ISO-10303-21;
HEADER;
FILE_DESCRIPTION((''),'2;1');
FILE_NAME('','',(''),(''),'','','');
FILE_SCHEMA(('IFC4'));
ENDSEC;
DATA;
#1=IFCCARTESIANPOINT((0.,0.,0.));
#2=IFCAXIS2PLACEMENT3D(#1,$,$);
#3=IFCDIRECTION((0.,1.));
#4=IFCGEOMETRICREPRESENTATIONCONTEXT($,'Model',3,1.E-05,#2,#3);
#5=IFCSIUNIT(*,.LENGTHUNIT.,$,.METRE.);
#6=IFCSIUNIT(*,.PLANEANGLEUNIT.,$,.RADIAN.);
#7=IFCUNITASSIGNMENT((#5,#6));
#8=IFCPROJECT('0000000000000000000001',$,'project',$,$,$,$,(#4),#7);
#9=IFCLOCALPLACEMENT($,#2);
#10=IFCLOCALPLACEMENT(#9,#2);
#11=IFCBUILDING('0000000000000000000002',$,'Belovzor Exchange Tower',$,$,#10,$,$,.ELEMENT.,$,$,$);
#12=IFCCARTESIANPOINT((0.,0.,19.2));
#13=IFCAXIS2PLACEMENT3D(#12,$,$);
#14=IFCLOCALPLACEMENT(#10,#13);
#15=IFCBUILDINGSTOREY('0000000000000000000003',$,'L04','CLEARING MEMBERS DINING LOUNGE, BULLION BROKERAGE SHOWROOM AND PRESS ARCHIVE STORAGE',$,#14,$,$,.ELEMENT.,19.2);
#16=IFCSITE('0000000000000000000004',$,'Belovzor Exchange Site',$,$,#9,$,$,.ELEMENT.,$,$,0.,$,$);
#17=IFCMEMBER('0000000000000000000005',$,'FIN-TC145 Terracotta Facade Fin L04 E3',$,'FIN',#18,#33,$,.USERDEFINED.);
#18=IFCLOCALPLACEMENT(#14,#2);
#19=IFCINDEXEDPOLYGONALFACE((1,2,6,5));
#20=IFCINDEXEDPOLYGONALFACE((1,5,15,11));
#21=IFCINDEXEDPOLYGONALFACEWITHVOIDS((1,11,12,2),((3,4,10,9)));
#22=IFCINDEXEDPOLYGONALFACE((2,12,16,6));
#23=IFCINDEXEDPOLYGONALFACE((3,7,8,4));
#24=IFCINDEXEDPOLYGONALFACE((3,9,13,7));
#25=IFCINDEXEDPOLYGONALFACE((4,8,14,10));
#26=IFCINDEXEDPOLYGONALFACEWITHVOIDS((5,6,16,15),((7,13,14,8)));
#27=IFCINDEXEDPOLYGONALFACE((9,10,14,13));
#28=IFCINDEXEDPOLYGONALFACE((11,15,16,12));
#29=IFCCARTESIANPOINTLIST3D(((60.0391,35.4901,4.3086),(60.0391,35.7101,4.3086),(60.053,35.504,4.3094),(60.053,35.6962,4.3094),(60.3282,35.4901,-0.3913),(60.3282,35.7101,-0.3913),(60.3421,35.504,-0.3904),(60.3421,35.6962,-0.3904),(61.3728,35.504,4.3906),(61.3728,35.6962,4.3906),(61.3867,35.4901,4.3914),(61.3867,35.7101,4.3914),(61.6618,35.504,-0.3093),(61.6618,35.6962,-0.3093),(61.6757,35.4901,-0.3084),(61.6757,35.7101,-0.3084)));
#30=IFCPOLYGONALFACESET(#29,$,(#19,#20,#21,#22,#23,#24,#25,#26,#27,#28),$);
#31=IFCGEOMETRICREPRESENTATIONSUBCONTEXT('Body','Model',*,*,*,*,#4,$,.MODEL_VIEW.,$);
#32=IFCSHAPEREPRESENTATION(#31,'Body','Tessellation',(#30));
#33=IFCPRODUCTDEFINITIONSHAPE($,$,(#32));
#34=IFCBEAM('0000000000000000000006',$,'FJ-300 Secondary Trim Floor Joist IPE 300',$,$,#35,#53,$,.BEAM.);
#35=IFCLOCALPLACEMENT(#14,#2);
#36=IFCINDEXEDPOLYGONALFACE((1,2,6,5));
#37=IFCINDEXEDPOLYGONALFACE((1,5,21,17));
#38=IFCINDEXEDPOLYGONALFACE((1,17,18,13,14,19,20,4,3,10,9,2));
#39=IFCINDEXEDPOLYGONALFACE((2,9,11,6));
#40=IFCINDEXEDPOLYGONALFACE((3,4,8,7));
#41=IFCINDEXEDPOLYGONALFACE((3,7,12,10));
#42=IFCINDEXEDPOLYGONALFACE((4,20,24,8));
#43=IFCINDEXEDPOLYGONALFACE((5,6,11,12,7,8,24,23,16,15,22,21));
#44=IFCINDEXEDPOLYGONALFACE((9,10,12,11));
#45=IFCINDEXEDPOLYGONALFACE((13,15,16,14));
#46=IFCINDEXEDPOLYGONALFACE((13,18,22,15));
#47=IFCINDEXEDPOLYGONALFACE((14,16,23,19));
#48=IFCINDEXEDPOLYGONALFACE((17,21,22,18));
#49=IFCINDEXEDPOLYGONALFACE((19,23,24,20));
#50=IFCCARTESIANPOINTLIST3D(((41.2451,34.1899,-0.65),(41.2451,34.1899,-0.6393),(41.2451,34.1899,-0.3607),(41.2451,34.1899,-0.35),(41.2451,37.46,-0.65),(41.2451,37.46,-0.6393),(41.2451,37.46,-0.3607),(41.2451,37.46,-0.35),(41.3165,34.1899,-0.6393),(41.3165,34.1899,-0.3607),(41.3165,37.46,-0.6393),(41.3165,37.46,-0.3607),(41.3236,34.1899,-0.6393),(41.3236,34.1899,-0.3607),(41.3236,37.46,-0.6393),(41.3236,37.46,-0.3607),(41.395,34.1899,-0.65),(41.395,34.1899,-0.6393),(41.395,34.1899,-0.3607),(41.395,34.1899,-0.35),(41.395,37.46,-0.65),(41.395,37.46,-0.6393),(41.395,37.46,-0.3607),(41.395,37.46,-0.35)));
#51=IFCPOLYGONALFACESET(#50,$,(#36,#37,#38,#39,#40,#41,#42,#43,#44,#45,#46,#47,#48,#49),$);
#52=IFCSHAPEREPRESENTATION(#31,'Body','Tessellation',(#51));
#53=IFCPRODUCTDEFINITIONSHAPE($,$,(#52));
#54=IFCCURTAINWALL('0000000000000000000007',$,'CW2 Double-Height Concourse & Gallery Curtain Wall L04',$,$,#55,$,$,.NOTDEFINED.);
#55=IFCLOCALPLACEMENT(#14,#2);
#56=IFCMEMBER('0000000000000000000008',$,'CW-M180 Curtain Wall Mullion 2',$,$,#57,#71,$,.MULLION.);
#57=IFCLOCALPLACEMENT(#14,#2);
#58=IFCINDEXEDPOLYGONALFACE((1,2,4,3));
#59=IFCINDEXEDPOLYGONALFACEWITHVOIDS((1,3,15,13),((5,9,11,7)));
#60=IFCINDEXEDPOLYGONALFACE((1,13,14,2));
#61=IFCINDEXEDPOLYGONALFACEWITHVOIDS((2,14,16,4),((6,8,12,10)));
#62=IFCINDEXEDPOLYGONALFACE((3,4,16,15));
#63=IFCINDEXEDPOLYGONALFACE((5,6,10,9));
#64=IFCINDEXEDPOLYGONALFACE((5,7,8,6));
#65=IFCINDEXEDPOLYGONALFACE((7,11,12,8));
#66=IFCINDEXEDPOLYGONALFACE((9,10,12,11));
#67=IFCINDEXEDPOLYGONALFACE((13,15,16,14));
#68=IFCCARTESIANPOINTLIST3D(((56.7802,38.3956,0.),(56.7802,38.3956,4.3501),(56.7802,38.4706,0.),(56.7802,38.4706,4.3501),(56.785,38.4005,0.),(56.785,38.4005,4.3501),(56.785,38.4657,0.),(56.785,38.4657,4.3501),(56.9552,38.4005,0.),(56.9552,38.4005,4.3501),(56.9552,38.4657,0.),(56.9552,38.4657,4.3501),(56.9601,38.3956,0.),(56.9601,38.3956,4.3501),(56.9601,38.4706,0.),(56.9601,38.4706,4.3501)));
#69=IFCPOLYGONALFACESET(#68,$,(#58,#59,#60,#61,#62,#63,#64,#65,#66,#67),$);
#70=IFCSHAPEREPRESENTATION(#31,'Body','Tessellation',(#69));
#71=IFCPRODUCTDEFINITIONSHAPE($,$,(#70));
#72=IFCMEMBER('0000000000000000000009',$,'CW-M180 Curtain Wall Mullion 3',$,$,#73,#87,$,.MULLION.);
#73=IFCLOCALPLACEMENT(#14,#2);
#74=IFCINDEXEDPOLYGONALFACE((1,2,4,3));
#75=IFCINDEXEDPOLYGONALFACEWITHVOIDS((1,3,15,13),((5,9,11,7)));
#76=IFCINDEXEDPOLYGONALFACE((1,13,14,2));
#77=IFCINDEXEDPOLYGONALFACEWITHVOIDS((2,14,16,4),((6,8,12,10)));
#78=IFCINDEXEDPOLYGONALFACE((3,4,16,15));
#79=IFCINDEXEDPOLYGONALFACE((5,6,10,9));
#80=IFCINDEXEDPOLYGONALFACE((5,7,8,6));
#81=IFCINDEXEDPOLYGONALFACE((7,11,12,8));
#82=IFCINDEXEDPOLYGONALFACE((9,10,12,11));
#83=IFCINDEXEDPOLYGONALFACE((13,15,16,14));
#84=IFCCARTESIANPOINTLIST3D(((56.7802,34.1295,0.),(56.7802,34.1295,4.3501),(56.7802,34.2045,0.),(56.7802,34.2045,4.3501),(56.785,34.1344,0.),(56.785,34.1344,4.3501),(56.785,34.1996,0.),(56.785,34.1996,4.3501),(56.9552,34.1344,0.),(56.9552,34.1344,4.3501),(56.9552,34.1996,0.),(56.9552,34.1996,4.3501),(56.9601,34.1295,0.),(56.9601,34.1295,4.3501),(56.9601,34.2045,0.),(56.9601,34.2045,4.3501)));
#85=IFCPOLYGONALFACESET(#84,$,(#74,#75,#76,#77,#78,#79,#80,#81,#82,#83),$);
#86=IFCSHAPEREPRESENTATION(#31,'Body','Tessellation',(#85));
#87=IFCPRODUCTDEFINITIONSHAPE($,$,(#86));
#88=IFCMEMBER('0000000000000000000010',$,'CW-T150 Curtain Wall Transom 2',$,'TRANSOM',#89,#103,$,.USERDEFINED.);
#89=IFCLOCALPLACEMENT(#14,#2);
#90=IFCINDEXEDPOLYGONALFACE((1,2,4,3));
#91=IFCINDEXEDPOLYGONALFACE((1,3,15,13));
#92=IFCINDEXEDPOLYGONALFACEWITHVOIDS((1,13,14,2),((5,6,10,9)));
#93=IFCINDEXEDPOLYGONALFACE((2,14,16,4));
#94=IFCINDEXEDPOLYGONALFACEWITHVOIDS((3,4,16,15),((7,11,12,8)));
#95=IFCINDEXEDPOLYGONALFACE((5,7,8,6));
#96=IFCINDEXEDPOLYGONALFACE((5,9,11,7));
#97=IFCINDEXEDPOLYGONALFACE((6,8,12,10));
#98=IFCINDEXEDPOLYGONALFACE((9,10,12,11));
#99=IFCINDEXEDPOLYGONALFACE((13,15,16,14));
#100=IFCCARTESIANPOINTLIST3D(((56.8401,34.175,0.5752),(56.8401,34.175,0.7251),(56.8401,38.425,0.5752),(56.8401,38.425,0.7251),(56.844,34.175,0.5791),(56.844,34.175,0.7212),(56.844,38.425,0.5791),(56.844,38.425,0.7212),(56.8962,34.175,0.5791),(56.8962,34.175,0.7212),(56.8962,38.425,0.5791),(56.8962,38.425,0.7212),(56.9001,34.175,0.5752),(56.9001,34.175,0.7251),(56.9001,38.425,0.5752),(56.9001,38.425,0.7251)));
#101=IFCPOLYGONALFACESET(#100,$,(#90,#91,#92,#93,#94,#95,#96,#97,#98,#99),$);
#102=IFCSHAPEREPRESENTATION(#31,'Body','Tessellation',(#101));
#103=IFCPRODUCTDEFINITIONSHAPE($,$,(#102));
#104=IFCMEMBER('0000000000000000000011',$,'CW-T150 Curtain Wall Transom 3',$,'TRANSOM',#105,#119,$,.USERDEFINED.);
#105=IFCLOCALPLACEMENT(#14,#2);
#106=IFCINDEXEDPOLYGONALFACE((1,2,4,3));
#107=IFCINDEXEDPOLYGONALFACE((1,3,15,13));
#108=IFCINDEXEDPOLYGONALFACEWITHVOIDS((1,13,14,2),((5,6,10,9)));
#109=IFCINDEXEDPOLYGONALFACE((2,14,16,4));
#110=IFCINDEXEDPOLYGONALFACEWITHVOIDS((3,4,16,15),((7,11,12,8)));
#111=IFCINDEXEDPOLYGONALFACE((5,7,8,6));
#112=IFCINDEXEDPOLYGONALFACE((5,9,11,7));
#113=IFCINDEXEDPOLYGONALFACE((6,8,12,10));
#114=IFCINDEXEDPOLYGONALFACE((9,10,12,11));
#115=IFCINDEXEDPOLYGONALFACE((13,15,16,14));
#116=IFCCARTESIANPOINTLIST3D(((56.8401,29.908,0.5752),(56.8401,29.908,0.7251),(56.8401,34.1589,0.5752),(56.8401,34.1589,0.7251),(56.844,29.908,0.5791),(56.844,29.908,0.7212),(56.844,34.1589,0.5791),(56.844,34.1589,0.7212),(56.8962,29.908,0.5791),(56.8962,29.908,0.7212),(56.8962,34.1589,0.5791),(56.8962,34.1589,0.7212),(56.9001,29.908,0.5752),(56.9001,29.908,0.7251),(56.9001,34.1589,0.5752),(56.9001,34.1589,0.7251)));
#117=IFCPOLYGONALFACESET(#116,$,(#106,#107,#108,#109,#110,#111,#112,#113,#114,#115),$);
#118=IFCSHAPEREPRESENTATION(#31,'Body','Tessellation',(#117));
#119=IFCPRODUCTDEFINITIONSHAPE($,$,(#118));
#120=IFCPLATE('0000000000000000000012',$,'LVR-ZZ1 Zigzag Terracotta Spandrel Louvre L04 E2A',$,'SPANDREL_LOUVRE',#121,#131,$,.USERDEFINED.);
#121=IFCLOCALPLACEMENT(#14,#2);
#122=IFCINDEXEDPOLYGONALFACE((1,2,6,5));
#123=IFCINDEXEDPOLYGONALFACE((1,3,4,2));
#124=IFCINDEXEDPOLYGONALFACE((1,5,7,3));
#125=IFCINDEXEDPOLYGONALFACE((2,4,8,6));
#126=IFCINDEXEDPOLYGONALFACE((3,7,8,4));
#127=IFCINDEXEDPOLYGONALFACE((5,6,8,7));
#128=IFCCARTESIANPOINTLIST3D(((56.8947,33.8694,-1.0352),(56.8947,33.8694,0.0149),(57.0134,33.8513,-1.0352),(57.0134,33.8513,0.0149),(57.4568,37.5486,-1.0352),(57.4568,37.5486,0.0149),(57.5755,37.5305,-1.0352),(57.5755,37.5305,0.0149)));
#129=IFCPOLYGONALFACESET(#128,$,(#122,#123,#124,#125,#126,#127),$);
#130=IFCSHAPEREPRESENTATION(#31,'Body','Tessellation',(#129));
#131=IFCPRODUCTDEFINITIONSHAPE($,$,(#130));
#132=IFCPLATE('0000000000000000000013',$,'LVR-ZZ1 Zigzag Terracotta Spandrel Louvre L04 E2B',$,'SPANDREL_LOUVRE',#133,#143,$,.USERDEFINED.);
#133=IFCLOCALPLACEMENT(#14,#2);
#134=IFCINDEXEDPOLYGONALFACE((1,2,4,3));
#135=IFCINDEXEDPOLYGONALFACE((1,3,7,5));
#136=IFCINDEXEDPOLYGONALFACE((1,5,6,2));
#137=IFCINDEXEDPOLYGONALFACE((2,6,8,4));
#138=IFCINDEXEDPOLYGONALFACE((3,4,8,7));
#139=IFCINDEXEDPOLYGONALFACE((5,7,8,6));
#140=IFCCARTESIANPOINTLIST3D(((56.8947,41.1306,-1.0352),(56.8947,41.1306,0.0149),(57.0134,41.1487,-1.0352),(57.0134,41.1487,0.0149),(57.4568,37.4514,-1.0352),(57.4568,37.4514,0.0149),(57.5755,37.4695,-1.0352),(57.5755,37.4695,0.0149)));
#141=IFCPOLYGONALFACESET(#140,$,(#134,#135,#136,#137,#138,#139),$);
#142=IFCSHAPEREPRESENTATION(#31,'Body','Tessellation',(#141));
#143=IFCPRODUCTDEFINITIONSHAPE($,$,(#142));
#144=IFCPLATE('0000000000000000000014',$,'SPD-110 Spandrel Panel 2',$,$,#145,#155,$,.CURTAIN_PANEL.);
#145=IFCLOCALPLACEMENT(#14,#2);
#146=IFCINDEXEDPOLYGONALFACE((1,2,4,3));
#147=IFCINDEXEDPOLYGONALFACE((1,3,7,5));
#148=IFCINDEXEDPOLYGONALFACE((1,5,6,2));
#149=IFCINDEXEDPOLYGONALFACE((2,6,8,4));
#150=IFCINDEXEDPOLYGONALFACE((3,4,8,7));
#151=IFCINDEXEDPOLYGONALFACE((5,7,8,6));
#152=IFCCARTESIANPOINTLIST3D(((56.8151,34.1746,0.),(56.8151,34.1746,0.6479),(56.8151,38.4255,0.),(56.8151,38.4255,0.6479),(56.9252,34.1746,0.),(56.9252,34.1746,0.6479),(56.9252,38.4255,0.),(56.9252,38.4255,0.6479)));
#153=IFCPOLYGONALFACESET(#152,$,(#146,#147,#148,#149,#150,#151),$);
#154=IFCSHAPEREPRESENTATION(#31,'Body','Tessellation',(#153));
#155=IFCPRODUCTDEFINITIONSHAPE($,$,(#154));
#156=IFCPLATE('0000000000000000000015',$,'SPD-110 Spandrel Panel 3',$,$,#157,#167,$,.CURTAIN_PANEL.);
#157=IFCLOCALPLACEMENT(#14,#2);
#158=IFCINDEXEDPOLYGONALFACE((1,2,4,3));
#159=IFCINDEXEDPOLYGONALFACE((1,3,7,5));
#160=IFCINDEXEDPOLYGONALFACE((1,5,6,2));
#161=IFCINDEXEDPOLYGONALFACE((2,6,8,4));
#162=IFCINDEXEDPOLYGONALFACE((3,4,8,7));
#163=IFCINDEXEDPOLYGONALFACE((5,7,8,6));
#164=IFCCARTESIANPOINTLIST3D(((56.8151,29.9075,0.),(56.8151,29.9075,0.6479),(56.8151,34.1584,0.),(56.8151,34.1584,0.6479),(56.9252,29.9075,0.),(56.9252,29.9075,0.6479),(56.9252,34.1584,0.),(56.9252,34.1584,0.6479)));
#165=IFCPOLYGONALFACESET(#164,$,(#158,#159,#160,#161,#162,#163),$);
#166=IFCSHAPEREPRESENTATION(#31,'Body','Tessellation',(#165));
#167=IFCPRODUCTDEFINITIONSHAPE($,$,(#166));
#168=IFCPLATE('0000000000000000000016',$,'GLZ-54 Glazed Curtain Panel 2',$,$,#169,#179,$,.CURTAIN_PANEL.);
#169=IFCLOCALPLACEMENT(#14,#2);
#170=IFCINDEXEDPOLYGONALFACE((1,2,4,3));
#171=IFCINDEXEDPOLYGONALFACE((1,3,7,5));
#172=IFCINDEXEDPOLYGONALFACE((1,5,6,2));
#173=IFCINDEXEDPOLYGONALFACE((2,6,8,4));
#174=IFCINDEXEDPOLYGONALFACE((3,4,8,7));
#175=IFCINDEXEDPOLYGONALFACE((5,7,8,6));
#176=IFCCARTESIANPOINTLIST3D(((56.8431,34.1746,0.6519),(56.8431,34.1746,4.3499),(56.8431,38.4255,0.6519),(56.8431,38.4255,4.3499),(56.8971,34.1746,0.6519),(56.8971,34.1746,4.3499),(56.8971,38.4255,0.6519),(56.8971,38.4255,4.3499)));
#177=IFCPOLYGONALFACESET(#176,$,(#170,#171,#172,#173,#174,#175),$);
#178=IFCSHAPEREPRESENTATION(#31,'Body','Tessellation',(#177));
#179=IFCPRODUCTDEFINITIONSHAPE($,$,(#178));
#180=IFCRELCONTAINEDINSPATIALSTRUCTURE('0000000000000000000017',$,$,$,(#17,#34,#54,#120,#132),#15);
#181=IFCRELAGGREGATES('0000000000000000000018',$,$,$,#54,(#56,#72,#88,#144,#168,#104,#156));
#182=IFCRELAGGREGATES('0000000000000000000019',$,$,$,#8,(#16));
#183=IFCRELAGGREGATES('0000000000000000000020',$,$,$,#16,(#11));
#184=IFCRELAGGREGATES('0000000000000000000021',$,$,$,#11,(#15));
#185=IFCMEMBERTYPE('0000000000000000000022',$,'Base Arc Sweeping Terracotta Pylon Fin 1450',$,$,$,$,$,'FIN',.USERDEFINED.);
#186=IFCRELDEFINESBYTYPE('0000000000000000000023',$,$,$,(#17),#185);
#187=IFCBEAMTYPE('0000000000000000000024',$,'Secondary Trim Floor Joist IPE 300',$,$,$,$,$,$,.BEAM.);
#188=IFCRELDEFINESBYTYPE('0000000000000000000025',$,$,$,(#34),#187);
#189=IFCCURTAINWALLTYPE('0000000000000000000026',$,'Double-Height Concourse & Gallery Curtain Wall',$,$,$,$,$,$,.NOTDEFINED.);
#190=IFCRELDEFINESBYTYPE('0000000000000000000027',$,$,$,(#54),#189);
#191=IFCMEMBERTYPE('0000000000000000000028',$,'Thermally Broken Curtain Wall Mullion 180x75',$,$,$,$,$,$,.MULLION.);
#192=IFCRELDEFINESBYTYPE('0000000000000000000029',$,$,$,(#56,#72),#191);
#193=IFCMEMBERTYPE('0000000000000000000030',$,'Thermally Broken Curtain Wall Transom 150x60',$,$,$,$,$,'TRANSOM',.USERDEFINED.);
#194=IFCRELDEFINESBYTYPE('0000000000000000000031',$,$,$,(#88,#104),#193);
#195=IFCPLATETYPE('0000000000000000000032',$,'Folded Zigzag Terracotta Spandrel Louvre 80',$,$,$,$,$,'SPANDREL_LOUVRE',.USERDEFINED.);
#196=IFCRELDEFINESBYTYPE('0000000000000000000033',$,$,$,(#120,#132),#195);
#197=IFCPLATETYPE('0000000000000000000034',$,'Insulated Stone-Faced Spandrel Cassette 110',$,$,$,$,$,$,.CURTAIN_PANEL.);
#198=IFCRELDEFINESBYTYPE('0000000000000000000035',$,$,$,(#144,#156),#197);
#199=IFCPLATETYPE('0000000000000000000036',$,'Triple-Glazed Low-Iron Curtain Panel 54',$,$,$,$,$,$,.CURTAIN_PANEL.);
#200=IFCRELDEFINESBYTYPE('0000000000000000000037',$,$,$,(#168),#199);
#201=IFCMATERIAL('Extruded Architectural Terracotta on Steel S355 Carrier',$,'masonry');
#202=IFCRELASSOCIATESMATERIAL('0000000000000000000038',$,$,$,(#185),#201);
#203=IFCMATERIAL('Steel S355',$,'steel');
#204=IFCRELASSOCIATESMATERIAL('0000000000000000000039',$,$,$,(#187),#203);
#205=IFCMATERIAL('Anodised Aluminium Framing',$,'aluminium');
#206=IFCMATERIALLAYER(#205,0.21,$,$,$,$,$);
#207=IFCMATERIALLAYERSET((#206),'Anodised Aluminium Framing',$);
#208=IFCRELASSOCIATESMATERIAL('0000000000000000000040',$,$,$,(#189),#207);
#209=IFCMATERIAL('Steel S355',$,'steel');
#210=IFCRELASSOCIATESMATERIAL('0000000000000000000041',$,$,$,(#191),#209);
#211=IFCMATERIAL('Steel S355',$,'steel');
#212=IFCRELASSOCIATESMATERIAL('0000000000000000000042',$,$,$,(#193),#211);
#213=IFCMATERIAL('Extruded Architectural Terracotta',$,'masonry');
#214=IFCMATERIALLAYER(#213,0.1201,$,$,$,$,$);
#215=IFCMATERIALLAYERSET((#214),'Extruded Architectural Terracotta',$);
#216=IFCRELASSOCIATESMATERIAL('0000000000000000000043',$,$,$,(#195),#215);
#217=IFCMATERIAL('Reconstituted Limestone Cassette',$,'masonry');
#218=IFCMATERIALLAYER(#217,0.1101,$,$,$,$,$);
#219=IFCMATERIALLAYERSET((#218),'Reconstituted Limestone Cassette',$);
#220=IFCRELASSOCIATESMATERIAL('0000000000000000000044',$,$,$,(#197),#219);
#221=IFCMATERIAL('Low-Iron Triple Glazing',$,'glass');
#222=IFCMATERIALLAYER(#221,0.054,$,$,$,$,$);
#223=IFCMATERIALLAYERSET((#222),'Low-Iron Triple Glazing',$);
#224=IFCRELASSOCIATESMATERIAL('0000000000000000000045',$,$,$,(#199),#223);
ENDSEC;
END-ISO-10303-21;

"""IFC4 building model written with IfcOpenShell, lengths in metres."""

from ifc_helpers import new_model, si_unit, direction, frame, origin, origin_2d, place, context, subcontext, project, spatial, rectangle, hollow_rectangle, i_section, extrude, material, layer, layer_set, material_profile, profile_set, type_object, element, aggregate, save


model = new_model("IFC4")

# Units and contexts
model_context = context("Model", 3, precision=1e-05, world=origin(), true_north=direction((0.0, 1.0)))
body_context = subcontext(model_context, "Body", "Model", "MODEL_VIEW")
ifc_project = project(units=[si_unit("LENGTHUNIT", "METRE"), si_unit("PLANEANGLEUNIT", "RADIAN")], contexts=[model_context])

# Site, building, storey
site_placement = place(None, origin())
site = spatial("IfcSite", under=ifc_project, at=site_placement, Name="Belovzor Exchange Site", CompositionType="ELEMENT", RefElevation=0.0)
building_placement = place(site_placement, origin())
building = spatial("IfcBuilding", under=site, at=building_placement, Name="Belovzor Exchange Tower", CompositionType="ELEMENT")
storey_placement = place(building_placement, frame((0.0, 0.0, 19.2)))
storey = spatial("IfcBuildingStorey", under=building, at=storey_placement, Name="L04", Description="CLEARING MEMBERS DINING LOUNGE, BULLION BROKERAGE SHOWROOM AND PRESS ARCHIVE STORAGE", CompositionType="ELEMENT", Elevation=19.2)

# Member
ifc_material_1 = material(Name="Extruded Architectural Terracotta on Steel S355 Carrier", Category="masonry")
ifc_material_profile_1 = material_profile(ifc_material_1, hollow_rectangle(XDim=0.22, YDim=1.3501, WallThickness=0.0139, at=origin_2d()))
ifc_profile_set_1 = profile_set([ifc_material_profile_1], Name="Extruded Architectural Terracotta on Steel S355 Carrier")
member_type_1 = type_object("IfcMemberType", Name="Base Arc Sweeping Terracotta Pylon Fin 1450", ElementType="FIN", PredefinedType="USERDEFINED", material=ifc_profile_set_1)
member_1_placement = place(storey_placement, frame((61.002, 35.6001, -0.3499), z_axis=(-0.061387, 0.0, 0.998114), x_axis=(0.0, -1.0, 0.0)))
element("IfcMember", 1, at=member_1_placement, inside=storey, type_object=member_type_1, Name="FIN-TC145 Terracotta Facade Fin L04 E3", ObjectType="FIN", PredefinedType="USERDEFINED", context=body_context, shape_type="SweptSolid", body=[
    extrude(hollow_rectangle(XDim=0.22, YDim=1.3501, WallThickness=0.0139, at=origin_2d()), origin(), (0.0, 0.0, 1.0), 4.7087),
])

# Beam
ifc_material_2 = material(Name="Steel S355", Category="steel")
ifc_material_profile_2 = material_profile(ifc_material_2, i_section(OverallWidth=0.1499, OverallDepth=0.3, WebThickness=0.0071, FlangeThickness=0.0107, at=origin_2d()))
ifc_profile_set_2 = profile_set([ifc_material_profile_2], Name="Steel S355")
beam_type = type_object("IfcBeamType", Name="Secondary Trim Floor Joist IPE 300", PredefinedType="BEAM", material=ifc_profile_set_2)
beam_placement = place(storey_placement, frame((41.3201, 34.1899, -0.5), z_axis=(0.0, 1.0, 0.0), x_axis=(-1.0, 0.0, 0.0)))
element("IfcBeam", 2, at=beam_placement, inside=storey, type_object=beam_type, Name="FJ-300 Secondary Trim Floor Joist IPE 300", PredefinedType="BEAM", context=body_context, shape_type="SweptSolid", body=[
    extrude(i_section(OverallWidth=0.1499, OverallDepth=0.3, WebThickness=0.0071, FlangeThickness=0.0107, at=origin_2d()), origin(), (0.0, 0.0, 1.0), 3.27),
])

# Curtain wall, members
ifc_material_3 = material(Name="Anodised Aluminium Framing", Category="aluminium")
ifc_layer_1 = layer(ifc_material_3, 0.21)
ifc_layer_set_1 = layer_set([ifc_layer_1], Name="Anodised Aluminium Framing")
curtain_wall_type = type_object("IfcCurtainWallType", Name="Double-Height Concourse & Gallery Curtain Wall", PredefinedType="NOTDEFINED", material=ifc_layer_set_1)
curtain_wall_placement = place(storey_placement, origin())
curtain_wall = element("IfcCurtainWall", 3, at=curtain_wall_placement, inside=storey, type_object=curtain_wall_type, Name="CW2 Double-Height Concourse & Gallery Curtain Wall L04", PredefinedType="NOTDEFINED")
ifc_material_4 = material(Name="Steel S355", Category="steel")
ifc_material_profile_3 = material_profile(ifc_material_4, hollow_rectangle(XDim=0.075, YDim=0.1799, WallThickness=0.0049, at=origin_2d()))
ifc_profile_set_3 = profile_set([ifc_material_profile_3], Name="Steel S355")
member_type_2 = type_object("IfcMemberType", Name="Thermally Broken Curtain Wall Mullion 180x75", PredefinedType="MULLION", material=ifc_profile_set_3)
member_2_placement = place(storey_placement, frame((56.8701, 38.4331, 0.0), z_axis=(0.0, 0.0, 1.0), x_axis=(0.0, -1.0, 0.0)))
member_2 = element("IfcMember", 4, at=member_2_placement, type_object=member_type_2, Name="CW-M180 Curtain Wall Mullion 2", PredefinedType="MULLION", context=body_context, shape_type="SweptSolid", body=[
    extrude(hollow_rectangle(XDim=0.075, YDim=0.1799, WallThickness=0.0049, at=origin_2d()), origin(), (0.0, 0.0, 1.0), 4.3501),
])
member_3_placement = place(storey_placement, frame((56.8701, 34.167, 0.0), z_axis=(0.0, 0.0, 1.0), x_axis=(0.0, -1.0, 0.0)))
member_3 = element("IfcMember", 5, at=member_3_placement, type_object=member_type_2, Name="CW-M180 Curtain Wall Mullion 3", PredefinedType="MULLION", context=body_context, shape_type="SweptSolid", body=[
    extrude(hollow_rectangle(XDim=0.075, YDim=0.1799, WallThickness=0.0049, at=origin_2d()), origin(), (0.0, 0.0, 1.0), 4.3501),
])
ifc_material_5 = material(Name="Steel S355", Category="steel")
ifc_material_profile_4 = material_profile(ifc_material_5, hollow_rectangle(XDim=0.0601, YDim=0.1499, WallThickness=0.0039, at=origin_2d()))
ifc_profile_set_4 = profile_set([ifc_material_profile_4], Name="Steel S355")
member_type_3 = type_object("IfcMemberType", Name="Thermally Broken Curtain Wall Transom 150x60", ElementType="TRANSOM", PredefinedType="USERDEFINED", material=ifc_profile_set_4)
member_4_placement = place(storey_placement, frame((56.8701, 38.425, 0.6501), z_axis=(0.0, -1.0, 0.0), x_axis=(1.0, 0.0, 0.0)))
member_4 = element("IfcMember", 6, at=member_4_placement, type_object=member_type_3, Name="CW-T150 Curtain Wall Transom 2", ObjectType="TRANSOM", PredefinedType="USERDEFINED", context=body_context, shape_type="SweptSolid", body=[
    extrude(hollow_rectangle(XDim=0.0601, YDim=0.1499, WallThickness=0.0039, at=origin_2d()), origin(), (0.0, 0.0, 1.0), 4.25),
])
member_5_placement = place(storey_placement, frame((56.8701, 34.1589, 0.6501), z_axis=(0.0, -1.0, 0.0), x_axis=(1.0, 0.0, 0.0)))
member_5 = element("IfcMember", 7, at=member_5_placement, type_object=member_type_3, Name="CW-T150 Curtain Wall Transom 3", ObjectType="TRANSOM", PredefinedType="USERDEFINED", context=body_context, shape_type="SweptSolid", body=[
    extrude(hollow_rectangle(XDim=0.0601, YDim=0.1499, WallThickness=0.0039, at=origin_2d()), origin(), (0.0, 0.0, 1.0), 4.251),
])

# Plates
ifc_material_6 = material(Name="Extruded Architectural Terracotta", Category="masonry")
ifc_layer_2 = layer(ifc_material_6, 0.1201)
ifc_layer_set_2 = layer_set([ifc_layer_2], Name="Extruded Architectural Terracotta")
plate_type_1 = type_object("IfcPlateType", Name="Folded Zigzag Terracotta Spandrel Louvre 80", ElementType="SPANDREL_LOUVRE", PredefinedType="USERDEFINED", material=ifc_layer_set_2)
for number, where, z_axis, x_axis, name in (
    (8, (57.2351, 35.7, -1.0352), (0.0, 0.0, 1.0), (0.151019, 0.988531, 0.0), "LVR-ZZ1 Zigzag Terracotta Spandrel Louvre L04 E2A"),
    (9, (57.2351, 39.3, -1.0352), (0.0, 0.0, 1.0), (-0.151019, 0.988531, 0.0), "LVR-ZZ1 Zigzag Terracotta Spandrel Louvre L04 E2B"),
):
    element("IfcPlate", number, at=place(storey_placement, frame(where, z_axis=z_axis, x_axis=x_axis)), inside=storey, type_object=plate_type_1, Name=name, ObjectType="SPANDREL_LOUVRE", PredefinedType="USERDEFINED", context=body_context, shape_type="SweptSolid", body=[
        extrude(rectangle(XDim=3.7219, YDim=0.1201, at=origin_2d()), origin(), (0.0, 0.0, 1.0), 1.05),
    ])

# Plates
ifc_material_7 = material(Name="Reconstituted Limestone Cassette", Category="masonry")
ifc_layer_3 = layer(ifc_material_7, 0.1101)
ifc_layer_set_3 = layer_set([ifc_layer_3], Name="Reconstituted Limestone Cassette")
plate_type_2 = type_object("IfcPlateType", Name="Insulated Stone-Faced Spandrel Cassette 110", PredefinedType="CURTAIN_PANEL", material=ifc_layer_set_3)
plate_1_placement = place(storey_placement, frame((56.8701, 36.3, 0.0), z_axis=(0.0, 0.0, 1.0), x_axis=(0.0, -1.0, 0.0)))
plate_1 = element("IfcPlate", 10, at=plate_1_placement, type_object=plate_type_2, Name="SPD-110 Spandrel Panel 2", PredefinedType="CURTAIN_PANEL", context=body_context, shape_type="SweptSolid", body=[
    extrude(rectangle(XDim=4.251, YDim=0.1101, at=origin_2d()), origin(), (0.0, 0.0, 1.0), 0.6479),
])
plate_2_placement = place(storey_placement, frame((56.8701, 32.033, 0.0), z_axis=(0.0, 0.0, 1.0), x_axis=(0.0, -1.0, 0.0)))
plate_2 = element("IfcPlate", 11, at=plate_2_placement, type_object=plate_type_2, Name="SPD-110 Spandrel Panel 3", PredefinedType="CURTAIN_PANEL", context=body_context, shape_type="SweptSolid", body=[
    extrude(rectangle(XDim=4.251, YDim=0.1101, at=origin_2d()), origin(), (0.0, 0.0, 1.0), 0.6479),
])
ifc_material_8 = material(Name="Low-Iron Triple Glazing", Category="glass")
ifc_layer_4 = layer(ifc_material_8, 0.054)
ifc_layer_set_4 = layer_set([ifc_layer_4], Name="Low-Iron Triple Glazing")
plate_type_3 = type_object("IfcPlateType", Name="Triple-Glazed Low-Iron Curtain Panel 54", PredefinedType="CURTAIN_PANEL", material=ifc_layer_set_4)
plate_3_placement = place(storey_placement, frame((56.8701, 36.3, 0.6519), z_axis=(0.0, 0.0, 1.0), x_axis=(0.0, -1.0, 0.0)))
plate_3 = element("IfcPlate", 12, at=plate_3_placement, type_object=plate_type_3, Name="GLZ-54 Glazed Curtain Panel 2", PredefinedType="CURTAIN_PANEL", context=body_context, shape_type="SweptSolid", body=[
    extrude(rectangle(XDim=4.251, YDim=0.054, at=origin_2d()), origin(), (0.0, 0.0, 1.0), 3.698),
])
aggregate(curtain_wall, [member_2, member_3, member_4, plate_1, plate_3, member_5, plate_2])

save(model, "model.ifc")
